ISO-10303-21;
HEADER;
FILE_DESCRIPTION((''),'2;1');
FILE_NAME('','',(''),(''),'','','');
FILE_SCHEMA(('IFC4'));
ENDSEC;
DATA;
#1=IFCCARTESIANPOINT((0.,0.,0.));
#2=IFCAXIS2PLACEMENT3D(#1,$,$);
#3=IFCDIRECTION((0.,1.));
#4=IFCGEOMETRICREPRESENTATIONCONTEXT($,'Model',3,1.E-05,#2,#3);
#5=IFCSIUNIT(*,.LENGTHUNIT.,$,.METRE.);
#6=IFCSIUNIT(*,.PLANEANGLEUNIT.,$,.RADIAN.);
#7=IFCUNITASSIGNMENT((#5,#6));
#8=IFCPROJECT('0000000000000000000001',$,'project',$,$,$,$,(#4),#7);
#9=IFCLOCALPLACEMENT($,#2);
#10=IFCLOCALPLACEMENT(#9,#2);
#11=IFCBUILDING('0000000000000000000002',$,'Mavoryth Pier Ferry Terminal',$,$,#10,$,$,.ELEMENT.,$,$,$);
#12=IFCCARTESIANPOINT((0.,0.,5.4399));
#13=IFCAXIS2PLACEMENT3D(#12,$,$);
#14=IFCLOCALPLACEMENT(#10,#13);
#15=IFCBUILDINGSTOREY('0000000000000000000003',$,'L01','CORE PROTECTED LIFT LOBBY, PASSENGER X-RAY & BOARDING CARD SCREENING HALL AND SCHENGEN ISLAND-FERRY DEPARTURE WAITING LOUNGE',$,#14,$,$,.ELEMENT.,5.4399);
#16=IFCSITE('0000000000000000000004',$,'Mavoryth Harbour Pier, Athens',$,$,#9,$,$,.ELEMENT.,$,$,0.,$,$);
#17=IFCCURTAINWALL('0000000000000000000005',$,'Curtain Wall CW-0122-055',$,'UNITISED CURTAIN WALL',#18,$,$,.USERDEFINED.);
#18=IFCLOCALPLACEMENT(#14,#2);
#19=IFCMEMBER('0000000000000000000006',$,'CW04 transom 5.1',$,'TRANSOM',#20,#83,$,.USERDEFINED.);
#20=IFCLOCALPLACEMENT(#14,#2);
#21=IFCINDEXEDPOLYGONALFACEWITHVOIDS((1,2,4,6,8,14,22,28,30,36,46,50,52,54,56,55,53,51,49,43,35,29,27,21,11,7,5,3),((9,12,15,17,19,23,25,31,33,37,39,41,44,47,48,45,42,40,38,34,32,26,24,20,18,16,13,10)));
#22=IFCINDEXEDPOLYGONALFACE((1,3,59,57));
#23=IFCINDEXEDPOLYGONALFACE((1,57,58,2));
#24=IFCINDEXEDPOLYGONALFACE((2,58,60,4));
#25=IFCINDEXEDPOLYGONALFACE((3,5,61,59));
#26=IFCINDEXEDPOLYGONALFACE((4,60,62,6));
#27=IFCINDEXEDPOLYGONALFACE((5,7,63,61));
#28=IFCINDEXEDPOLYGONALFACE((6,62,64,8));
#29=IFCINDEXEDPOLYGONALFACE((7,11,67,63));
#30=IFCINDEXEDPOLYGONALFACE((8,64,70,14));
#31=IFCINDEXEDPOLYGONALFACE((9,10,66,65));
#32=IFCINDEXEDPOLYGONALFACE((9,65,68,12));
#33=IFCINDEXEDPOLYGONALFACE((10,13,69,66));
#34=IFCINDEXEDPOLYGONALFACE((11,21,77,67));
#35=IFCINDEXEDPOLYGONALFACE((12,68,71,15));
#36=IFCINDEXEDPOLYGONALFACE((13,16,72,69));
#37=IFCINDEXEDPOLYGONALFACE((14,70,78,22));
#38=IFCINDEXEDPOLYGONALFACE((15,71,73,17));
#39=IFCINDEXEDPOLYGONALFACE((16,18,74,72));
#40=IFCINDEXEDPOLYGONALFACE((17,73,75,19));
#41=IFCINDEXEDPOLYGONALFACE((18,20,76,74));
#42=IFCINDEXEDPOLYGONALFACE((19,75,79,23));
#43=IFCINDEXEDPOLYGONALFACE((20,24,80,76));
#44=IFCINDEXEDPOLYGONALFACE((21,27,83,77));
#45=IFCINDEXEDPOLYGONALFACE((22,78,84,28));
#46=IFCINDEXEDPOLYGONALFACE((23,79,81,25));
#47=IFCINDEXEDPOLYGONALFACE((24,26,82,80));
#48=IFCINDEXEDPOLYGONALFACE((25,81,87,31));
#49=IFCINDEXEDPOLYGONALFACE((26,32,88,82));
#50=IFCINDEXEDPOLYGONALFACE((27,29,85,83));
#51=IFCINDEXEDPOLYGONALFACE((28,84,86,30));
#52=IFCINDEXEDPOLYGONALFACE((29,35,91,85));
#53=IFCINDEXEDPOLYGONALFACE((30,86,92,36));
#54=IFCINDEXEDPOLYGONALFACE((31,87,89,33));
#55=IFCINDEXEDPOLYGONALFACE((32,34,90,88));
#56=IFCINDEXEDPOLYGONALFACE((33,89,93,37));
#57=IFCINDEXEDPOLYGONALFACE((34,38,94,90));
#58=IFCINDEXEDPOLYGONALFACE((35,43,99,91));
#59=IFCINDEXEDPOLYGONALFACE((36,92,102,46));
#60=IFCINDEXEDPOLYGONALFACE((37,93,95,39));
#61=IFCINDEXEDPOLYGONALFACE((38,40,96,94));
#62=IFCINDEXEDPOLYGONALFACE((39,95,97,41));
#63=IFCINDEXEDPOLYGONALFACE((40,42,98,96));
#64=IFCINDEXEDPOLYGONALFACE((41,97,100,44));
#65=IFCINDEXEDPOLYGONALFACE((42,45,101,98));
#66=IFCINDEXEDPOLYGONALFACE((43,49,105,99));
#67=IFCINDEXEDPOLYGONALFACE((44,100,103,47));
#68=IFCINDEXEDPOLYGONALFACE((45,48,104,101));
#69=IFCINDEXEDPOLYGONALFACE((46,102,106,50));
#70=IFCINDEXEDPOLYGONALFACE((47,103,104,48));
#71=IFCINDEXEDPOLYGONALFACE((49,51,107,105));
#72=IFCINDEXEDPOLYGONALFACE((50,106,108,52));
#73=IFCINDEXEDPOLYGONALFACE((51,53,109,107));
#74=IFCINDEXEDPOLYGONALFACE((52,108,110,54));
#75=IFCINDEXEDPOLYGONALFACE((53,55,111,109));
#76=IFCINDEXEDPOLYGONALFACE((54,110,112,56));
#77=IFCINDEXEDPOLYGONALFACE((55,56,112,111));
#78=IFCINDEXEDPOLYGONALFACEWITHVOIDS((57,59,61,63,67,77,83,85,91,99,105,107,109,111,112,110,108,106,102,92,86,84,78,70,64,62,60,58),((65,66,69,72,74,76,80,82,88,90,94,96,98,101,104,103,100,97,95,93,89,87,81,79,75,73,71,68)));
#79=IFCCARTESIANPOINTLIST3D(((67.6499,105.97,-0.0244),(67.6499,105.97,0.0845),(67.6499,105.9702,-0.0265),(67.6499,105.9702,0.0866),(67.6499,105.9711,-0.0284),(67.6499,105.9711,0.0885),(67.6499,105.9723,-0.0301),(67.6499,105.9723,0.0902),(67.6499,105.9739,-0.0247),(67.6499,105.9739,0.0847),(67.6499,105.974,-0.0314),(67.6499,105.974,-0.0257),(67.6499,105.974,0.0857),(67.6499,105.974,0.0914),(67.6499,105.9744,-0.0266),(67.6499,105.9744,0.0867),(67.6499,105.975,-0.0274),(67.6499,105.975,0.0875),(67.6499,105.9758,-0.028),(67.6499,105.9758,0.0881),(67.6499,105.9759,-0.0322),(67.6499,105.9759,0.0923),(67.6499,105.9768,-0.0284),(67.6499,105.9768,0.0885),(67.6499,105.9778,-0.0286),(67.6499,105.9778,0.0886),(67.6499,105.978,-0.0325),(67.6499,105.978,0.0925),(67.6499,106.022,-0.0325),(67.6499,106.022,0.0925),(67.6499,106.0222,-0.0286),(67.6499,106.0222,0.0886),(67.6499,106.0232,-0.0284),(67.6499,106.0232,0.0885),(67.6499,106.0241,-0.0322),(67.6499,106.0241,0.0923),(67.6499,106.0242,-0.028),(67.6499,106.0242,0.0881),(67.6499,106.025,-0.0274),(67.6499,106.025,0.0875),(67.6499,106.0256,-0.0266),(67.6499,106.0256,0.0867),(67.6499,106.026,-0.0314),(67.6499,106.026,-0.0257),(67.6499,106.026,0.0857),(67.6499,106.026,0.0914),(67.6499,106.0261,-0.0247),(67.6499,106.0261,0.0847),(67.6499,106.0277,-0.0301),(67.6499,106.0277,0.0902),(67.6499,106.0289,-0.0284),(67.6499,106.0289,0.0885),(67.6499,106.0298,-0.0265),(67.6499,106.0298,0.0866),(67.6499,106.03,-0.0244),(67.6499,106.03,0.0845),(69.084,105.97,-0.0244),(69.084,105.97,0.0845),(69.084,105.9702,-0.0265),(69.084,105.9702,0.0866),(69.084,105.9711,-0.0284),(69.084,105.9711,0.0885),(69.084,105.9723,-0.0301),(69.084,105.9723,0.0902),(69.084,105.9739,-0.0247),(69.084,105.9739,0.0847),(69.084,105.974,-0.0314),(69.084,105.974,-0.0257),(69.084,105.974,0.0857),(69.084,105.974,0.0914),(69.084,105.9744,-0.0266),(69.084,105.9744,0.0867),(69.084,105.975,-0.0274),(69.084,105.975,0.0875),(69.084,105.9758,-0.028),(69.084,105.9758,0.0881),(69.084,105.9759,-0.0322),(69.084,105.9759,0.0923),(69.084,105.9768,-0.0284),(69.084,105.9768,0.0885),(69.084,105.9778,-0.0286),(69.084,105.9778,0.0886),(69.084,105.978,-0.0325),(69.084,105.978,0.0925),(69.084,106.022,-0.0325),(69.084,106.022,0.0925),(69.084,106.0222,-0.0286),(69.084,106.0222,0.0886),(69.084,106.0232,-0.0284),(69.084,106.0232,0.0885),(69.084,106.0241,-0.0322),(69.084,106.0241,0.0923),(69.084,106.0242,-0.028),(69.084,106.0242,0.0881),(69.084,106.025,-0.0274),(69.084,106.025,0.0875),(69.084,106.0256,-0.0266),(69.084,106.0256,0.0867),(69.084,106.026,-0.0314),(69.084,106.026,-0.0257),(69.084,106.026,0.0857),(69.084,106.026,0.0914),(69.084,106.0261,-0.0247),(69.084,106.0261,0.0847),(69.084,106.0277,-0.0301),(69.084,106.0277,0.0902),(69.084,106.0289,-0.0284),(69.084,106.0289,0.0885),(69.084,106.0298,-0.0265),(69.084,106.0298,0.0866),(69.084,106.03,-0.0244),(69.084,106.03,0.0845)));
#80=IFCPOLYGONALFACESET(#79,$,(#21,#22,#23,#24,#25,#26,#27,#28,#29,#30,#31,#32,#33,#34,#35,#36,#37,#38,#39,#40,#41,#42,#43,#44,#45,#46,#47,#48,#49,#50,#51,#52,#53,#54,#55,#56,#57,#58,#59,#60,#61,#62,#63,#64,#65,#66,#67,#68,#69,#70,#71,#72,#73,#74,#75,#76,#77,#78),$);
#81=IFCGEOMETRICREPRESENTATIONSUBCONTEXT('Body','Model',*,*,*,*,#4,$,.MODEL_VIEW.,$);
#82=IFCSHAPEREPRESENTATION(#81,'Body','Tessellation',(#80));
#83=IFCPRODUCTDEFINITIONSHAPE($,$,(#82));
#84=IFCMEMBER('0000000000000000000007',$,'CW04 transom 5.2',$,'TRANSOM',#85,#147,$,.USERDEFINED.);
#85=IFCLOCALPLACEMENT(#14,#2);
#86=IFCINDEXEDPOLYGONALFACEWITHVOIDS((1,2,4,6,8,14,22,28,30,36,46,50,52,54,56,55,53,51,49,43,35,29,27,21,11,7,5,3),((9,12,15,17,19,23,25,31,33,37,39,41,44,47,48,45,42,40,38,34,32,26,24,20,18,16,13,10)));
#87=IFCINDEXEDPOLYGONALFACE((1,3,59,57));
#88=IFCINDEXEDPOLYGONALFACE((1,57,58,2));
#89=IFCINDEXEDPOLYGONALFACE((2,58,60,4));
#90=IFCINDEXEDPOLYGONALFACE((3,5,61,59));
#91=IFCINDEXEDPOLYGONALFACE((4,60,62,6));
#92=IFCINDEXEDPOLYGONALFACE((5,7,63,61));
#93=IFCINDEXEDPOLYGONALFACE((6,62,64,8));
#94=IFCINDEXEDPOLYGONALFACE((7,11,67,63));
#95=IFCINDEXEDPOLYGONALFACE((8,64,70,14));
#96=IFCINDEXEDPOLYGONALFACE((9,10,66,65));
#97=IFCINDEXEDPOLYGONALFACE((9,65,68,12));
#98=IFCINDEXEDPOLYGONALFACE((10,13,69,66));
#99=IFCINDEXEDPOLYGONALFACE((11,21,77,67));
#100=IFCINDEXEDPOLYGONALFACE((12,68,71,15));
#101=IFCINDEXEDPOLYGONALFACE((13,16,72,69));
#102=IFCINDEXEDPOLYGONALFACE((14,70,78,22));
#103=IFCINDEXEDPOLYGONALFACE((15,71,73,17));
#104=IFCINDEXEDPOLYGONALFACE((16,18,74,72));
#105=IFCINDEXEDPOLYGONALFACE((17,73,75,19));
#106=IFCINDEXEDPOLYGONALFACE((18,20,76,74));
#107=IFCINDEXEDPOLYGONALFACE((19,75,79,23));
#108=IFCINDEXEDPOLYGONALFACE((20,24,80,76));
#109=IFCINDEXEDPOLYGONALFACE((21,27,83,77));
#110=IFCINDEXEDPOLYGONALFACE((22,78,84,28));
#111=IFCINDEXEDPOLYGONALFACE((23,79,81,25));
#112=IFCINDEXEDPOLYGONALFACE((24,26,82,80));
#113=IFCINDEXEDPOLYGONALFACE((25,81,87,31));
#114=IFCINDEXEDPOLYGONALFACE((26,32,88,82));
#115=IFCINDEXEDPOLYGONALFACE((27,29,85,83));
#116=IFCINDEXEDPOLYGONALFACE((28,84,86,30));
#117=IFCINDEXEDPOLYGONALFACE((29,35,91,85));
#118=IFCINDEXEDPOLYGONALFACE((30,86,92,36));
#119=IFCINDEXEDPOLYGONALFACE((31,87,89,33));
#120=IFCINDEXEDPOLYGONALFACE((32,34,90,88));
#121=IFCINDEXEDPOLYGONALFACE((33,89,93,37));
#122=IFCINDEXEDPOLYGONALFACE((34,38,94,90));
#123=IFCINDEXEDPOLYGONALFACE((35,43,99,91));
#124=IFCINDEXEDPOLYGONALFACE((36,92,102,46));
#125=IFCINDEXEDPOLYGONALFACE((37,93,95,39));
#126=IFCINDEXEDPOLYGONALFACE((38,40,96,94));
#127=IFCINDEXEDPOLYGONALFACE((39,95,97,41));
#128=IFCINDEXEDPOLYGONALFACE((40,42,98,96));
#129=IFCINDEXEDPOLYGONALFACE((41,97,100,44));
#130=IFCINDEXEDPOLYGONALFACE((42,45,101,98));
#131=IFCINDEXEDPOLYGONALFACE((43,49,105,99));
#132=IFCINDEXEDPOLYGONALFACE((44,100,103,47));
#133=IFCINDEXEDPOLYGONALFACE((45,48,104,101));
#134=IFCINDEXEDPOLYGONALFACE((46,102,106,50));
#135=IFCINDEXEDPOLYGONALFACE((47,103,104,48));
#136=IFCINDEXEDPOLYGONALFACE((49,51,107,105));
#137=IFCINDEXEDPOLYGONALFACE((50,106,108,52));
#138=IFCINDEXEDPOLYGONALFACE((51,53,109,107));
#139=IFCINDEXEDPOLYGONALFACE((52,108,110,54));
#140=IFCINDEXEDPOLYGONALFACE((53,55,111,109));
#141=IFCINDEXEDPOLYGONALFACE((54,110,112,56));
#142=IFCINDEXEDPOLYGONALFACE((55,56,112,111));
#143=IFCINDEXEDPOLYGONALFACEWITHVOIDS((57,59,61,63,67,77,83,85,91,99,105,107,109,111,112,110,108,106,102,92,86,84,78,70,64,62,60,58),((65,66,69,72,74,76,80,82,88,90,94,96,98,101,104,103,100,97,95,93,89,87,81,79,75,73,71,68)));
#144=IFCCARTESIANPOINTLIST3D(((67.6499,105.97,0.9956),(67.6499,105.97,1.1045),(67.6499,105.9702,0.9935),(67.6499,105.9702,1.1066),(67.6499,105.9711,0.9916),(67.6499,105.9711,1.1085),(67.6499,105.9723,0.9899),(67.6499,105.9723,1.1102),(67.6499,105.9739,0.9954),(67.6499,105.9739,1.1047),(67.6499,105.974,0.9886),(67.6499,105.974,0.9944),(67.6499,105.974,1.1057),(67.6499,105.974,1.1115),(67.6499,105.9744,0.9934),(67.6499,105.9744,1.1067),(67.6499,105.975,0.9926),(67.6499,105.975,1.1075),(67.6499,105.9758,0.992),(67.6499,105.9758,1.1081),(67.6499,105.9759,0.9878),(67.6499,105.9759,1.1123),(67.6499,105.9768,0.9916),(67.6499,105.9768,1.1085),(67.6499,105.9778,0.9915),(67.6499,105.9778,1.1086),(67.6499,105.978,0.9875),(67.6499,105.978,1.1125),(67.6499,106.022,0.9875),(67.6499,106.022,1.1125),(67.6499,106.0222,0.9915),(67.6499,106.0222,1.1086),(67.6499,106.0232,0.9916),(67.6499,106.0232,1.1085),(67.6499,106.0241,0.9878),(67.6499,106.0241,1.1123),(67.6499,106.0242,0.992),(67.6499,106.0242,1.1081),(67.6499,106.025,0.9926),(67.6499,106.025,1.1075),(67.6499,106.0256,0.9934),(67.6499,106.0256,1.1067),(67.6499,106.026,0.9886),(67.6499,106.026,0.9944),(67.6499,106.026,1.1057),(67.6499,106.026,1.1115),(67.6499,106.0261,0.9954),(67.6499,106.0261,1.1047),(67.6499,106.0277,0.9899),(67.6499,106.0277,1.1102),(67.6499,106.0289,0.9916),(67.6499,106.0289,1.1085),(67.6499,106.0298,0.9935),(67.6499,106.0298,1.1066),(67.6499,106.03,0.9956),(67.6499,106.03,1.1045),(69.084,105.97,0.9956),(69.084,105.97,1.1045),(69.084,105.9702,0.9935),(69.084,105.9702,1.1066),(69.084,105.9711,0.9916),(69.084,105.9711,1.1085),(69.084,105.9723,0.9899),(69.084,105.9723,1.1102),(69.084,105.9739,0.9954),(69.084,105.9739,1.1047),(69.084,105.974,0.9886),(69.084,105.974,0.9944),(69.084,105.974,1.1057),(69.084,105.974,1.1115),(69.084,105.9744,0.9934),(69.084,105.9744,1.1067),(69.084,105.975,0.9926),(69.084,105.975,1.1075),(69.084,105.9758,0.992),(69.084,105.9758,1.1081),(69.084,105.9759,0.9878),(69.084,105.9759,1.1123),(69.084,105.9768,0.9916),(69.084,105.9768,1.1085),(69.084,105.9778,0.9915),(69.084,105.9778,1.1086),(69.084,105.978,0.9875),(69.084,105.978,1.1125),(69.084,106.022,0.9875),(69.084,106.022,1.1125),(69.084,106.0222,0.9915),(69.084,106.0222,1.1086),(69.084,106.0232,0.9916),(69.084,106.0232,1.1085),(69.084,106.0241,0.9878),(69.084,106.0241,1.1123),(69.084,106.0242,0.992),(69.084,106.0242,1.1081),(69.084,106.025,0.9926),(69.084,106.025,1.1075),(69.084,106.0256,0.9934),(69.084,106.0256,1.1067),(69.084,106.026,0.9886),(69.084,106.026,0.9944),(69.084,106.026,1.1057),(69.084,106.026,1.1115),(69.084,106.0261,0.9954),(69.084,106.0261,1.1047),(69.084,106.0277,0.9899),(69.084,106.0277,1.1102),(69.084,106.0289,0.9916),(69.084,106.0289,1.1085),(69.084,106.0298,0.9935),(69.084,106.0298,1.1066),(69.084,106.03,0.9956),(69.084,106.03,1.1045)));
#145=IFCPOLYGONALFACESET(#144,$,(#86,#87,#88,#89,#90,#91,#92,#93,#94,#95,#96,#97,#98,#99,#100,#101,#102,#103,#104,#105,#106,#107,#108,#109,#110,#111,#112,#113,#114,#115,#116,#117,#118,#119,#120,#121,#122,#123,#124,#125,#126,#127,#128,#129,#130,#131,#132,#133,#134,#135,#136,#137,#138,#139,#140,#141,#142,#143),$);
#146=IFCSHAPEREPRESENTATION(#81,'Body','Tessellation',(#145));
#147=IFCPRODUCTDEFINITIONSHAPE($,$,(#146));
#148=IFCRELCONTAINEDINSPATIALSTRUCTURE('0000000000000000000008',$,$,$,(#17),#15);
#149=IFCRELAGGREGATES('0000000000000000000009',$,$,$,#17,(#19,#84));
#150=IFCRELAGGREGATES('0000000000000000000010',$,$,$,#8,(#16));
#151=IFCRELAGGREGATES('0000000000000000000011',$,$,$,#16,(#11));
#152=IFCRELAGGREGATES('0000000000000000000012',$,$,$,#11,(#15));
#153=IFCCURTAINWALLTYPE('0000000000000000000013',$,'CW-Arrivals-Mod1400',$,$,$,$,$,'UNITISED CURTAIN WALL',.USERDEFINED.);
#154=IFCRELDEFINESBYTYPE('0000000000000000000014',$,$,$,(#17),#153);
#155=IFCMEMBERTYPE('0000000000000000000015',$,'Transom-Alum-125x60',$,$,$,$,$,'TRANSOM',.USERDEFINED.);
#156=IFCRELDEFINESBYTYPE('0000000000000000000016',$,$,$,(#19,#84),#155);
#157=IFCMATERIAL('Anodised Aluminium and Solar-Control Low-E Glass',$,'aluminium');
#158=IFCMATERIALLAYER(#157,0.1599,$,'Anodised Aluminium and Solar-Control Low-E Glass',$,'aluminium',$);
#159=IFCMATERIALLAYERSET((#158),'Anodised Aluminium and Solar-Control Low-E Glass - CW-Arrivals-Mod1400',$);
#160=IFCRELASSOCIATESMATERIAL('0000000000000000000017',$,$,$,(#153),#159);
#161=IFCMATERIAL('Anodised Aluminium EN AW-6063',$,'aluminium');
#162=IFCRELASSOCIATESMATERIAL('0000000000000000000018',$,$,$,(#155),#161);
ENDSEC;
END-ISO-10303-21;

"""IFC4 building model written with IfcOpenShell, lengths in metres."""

from ifc_helpers import new_model, si_unit, direction, frame, origin, origin_2d, place, context, subcontext, project, spatial, hollow_rectangle, extrude, material, layer, layer_set, material_profile, profile_set, type_object, element, aggregate, save


model = new_model("IFC4")

# Units and contexts
model_context = context("Model", 3, precision=1e-05, world=origin(), true_north=direction((0.0, 1.0)))
body_context = subcontext(model_context, "Body", "Model", "MODEL_VIEW")
ifc_project = project(units=[si_unit("LENGTHUNIT", "METRE"), si_unit("PLANEANGLEUNIT", "RADIAN")], contexts=[model_context])

# Site, building, storey
site_placement = place(None, origin())
site = spatial("IfcSite", under=ifc_project, at=site_placement, Name="Mavoryth Harbour Pier, Athens", CompositionType="ELEMENT", RefElevation=0.0)
building_placement = place(site_placement, origin())
building = spatial("IfcBuilding", under=site, at=building_placement, Name="Mavoryth Pier Ferry Terminal", CompositionType="ELEMENT")
storey_placement = place(building_placement, frame((0.0, 0.0, 5.4399)))
storey = spatial("IfcBuildingStorey", under=building, at=storey_placement, Name="L01", Description="CORE PROTECTED LIFT LOBBY, PASSENGER X-RAY & BOARDING CARD SCREENING HALL AND SCHENGEN ISLAND-FERRY DEPARTURE WAITING LOUNGE", CompositionType="ELEMENT", Elevation=5.4399)

# Curtain wall
ifc_material_1 = material(Name="Anodised Aluminium and Solar-Control Low-E Glass", Category="aluminium")
ifc_layer_1 = layer(ifc_material_1, 0.1599, Name="Anodised Aluminium and Solar-Control Low-E Glass", Category="aluminium")
ifc_layer_set_1 = layer_set([ifc_layer_1], Name="Anodised Aluminium and Solar-Control Low-E Glass - CW-Arrivals-Mod1400")
curtain_wall_type = type_object("IfcCurtainWallType", Name="CW-Arrivals-Mod1400", ElementType="UNITISED CURTAIN WALL", PredefinedType="USERDEFINED", material=ifc_layer_set_1)
curtain_wall_placement = place(storey_placement, origin())
curtain_wall = element("IfcCurtainWall", 1, at=curtain_wall_placement, inside=storey, type_object=curtain_wall_type, Name="Curtain Wall CW-0122-055", ObjectType="UNITISED CURTAIN WALL", PredefinedType="USERDEFINED")
ifc_material_2 = material(Name="Anodised Aluminium EN AW-6063", Category="aluminium")

# Members
ifc_material_profile_1 = material_profile(ifc_material_2, hollow_rectangle(XDim=0.0601, YDim=0.125, WallThickness=0.0039, InnerFilletRadius=0.0039, OuterFilletRadius=0.0081, at=origin_2d()), Name="AL-TRAN 125x60x4", Category="aluminium")
ifc_profile_set_1 = profile_set([ifc_material_profile_1], Name="Anodised Aluminium EN AW-6063 - AL-TRAN 125x60x4")
member_type_1 = type_object("IfcMemberType", Name="Transom-Alum-125x60", ElementType="TRANSOM", PredefinedType="USERDEFINED", material=ifc_profile_set_1)
member_1_placement = place(storey_placement, frame((69.084, 106.0, 0.03), z_axis=(-1.0, 0.0, 0.0), x_axis=(0.0, -1.0, 0.0)))
member_1 = element("IfcMember", 2, at=member_1_placement, type_object=member_type_1, Name="CW04 transom 5.1", ObjectType="TRANSOM", PredefinedType="USERDEFINED", context=body_context, shape_type="SweptSolid", body=[
    extrude(hollow_rectangle(XDim=0.0601, YDim=0.125, WallThickness=0.0039, InnerFilletRadius=0.0039, OuterFilletRadius=0.0081, at=origin_2d()), origin(), (0.0, 0.0, 1.0), 1.4341),
])
member_2_placement = place(storey_placement, frame((69.084, 106.0, 1.05), z_axis=(-1.0, 0.0, 0.0), x_axis=(0.0, -1.0, 0.0)))
member_2 = element("IfcMember", 3, at=member_2_placement, type_object=member_type_1, Name="CW04 transom 5.2", ObjectType="TRANSOM", PredefinedType="USERDEFINED", context=body_context, shape_type="SweptSolid", body=[
    extrude(hollow_rectangle(XDim=0.0601, YDim=0.125, WallThickness=0.0039, InnerFilletRadius=0.0039, OuterFilletRadius=0.0081, at=origin_2d()), origin(), (0.0, 0.0, 1.0), 1.4341),
])

aggregate(curtain_wall, [member_1, member_2])

save(model, "model.ifc")
